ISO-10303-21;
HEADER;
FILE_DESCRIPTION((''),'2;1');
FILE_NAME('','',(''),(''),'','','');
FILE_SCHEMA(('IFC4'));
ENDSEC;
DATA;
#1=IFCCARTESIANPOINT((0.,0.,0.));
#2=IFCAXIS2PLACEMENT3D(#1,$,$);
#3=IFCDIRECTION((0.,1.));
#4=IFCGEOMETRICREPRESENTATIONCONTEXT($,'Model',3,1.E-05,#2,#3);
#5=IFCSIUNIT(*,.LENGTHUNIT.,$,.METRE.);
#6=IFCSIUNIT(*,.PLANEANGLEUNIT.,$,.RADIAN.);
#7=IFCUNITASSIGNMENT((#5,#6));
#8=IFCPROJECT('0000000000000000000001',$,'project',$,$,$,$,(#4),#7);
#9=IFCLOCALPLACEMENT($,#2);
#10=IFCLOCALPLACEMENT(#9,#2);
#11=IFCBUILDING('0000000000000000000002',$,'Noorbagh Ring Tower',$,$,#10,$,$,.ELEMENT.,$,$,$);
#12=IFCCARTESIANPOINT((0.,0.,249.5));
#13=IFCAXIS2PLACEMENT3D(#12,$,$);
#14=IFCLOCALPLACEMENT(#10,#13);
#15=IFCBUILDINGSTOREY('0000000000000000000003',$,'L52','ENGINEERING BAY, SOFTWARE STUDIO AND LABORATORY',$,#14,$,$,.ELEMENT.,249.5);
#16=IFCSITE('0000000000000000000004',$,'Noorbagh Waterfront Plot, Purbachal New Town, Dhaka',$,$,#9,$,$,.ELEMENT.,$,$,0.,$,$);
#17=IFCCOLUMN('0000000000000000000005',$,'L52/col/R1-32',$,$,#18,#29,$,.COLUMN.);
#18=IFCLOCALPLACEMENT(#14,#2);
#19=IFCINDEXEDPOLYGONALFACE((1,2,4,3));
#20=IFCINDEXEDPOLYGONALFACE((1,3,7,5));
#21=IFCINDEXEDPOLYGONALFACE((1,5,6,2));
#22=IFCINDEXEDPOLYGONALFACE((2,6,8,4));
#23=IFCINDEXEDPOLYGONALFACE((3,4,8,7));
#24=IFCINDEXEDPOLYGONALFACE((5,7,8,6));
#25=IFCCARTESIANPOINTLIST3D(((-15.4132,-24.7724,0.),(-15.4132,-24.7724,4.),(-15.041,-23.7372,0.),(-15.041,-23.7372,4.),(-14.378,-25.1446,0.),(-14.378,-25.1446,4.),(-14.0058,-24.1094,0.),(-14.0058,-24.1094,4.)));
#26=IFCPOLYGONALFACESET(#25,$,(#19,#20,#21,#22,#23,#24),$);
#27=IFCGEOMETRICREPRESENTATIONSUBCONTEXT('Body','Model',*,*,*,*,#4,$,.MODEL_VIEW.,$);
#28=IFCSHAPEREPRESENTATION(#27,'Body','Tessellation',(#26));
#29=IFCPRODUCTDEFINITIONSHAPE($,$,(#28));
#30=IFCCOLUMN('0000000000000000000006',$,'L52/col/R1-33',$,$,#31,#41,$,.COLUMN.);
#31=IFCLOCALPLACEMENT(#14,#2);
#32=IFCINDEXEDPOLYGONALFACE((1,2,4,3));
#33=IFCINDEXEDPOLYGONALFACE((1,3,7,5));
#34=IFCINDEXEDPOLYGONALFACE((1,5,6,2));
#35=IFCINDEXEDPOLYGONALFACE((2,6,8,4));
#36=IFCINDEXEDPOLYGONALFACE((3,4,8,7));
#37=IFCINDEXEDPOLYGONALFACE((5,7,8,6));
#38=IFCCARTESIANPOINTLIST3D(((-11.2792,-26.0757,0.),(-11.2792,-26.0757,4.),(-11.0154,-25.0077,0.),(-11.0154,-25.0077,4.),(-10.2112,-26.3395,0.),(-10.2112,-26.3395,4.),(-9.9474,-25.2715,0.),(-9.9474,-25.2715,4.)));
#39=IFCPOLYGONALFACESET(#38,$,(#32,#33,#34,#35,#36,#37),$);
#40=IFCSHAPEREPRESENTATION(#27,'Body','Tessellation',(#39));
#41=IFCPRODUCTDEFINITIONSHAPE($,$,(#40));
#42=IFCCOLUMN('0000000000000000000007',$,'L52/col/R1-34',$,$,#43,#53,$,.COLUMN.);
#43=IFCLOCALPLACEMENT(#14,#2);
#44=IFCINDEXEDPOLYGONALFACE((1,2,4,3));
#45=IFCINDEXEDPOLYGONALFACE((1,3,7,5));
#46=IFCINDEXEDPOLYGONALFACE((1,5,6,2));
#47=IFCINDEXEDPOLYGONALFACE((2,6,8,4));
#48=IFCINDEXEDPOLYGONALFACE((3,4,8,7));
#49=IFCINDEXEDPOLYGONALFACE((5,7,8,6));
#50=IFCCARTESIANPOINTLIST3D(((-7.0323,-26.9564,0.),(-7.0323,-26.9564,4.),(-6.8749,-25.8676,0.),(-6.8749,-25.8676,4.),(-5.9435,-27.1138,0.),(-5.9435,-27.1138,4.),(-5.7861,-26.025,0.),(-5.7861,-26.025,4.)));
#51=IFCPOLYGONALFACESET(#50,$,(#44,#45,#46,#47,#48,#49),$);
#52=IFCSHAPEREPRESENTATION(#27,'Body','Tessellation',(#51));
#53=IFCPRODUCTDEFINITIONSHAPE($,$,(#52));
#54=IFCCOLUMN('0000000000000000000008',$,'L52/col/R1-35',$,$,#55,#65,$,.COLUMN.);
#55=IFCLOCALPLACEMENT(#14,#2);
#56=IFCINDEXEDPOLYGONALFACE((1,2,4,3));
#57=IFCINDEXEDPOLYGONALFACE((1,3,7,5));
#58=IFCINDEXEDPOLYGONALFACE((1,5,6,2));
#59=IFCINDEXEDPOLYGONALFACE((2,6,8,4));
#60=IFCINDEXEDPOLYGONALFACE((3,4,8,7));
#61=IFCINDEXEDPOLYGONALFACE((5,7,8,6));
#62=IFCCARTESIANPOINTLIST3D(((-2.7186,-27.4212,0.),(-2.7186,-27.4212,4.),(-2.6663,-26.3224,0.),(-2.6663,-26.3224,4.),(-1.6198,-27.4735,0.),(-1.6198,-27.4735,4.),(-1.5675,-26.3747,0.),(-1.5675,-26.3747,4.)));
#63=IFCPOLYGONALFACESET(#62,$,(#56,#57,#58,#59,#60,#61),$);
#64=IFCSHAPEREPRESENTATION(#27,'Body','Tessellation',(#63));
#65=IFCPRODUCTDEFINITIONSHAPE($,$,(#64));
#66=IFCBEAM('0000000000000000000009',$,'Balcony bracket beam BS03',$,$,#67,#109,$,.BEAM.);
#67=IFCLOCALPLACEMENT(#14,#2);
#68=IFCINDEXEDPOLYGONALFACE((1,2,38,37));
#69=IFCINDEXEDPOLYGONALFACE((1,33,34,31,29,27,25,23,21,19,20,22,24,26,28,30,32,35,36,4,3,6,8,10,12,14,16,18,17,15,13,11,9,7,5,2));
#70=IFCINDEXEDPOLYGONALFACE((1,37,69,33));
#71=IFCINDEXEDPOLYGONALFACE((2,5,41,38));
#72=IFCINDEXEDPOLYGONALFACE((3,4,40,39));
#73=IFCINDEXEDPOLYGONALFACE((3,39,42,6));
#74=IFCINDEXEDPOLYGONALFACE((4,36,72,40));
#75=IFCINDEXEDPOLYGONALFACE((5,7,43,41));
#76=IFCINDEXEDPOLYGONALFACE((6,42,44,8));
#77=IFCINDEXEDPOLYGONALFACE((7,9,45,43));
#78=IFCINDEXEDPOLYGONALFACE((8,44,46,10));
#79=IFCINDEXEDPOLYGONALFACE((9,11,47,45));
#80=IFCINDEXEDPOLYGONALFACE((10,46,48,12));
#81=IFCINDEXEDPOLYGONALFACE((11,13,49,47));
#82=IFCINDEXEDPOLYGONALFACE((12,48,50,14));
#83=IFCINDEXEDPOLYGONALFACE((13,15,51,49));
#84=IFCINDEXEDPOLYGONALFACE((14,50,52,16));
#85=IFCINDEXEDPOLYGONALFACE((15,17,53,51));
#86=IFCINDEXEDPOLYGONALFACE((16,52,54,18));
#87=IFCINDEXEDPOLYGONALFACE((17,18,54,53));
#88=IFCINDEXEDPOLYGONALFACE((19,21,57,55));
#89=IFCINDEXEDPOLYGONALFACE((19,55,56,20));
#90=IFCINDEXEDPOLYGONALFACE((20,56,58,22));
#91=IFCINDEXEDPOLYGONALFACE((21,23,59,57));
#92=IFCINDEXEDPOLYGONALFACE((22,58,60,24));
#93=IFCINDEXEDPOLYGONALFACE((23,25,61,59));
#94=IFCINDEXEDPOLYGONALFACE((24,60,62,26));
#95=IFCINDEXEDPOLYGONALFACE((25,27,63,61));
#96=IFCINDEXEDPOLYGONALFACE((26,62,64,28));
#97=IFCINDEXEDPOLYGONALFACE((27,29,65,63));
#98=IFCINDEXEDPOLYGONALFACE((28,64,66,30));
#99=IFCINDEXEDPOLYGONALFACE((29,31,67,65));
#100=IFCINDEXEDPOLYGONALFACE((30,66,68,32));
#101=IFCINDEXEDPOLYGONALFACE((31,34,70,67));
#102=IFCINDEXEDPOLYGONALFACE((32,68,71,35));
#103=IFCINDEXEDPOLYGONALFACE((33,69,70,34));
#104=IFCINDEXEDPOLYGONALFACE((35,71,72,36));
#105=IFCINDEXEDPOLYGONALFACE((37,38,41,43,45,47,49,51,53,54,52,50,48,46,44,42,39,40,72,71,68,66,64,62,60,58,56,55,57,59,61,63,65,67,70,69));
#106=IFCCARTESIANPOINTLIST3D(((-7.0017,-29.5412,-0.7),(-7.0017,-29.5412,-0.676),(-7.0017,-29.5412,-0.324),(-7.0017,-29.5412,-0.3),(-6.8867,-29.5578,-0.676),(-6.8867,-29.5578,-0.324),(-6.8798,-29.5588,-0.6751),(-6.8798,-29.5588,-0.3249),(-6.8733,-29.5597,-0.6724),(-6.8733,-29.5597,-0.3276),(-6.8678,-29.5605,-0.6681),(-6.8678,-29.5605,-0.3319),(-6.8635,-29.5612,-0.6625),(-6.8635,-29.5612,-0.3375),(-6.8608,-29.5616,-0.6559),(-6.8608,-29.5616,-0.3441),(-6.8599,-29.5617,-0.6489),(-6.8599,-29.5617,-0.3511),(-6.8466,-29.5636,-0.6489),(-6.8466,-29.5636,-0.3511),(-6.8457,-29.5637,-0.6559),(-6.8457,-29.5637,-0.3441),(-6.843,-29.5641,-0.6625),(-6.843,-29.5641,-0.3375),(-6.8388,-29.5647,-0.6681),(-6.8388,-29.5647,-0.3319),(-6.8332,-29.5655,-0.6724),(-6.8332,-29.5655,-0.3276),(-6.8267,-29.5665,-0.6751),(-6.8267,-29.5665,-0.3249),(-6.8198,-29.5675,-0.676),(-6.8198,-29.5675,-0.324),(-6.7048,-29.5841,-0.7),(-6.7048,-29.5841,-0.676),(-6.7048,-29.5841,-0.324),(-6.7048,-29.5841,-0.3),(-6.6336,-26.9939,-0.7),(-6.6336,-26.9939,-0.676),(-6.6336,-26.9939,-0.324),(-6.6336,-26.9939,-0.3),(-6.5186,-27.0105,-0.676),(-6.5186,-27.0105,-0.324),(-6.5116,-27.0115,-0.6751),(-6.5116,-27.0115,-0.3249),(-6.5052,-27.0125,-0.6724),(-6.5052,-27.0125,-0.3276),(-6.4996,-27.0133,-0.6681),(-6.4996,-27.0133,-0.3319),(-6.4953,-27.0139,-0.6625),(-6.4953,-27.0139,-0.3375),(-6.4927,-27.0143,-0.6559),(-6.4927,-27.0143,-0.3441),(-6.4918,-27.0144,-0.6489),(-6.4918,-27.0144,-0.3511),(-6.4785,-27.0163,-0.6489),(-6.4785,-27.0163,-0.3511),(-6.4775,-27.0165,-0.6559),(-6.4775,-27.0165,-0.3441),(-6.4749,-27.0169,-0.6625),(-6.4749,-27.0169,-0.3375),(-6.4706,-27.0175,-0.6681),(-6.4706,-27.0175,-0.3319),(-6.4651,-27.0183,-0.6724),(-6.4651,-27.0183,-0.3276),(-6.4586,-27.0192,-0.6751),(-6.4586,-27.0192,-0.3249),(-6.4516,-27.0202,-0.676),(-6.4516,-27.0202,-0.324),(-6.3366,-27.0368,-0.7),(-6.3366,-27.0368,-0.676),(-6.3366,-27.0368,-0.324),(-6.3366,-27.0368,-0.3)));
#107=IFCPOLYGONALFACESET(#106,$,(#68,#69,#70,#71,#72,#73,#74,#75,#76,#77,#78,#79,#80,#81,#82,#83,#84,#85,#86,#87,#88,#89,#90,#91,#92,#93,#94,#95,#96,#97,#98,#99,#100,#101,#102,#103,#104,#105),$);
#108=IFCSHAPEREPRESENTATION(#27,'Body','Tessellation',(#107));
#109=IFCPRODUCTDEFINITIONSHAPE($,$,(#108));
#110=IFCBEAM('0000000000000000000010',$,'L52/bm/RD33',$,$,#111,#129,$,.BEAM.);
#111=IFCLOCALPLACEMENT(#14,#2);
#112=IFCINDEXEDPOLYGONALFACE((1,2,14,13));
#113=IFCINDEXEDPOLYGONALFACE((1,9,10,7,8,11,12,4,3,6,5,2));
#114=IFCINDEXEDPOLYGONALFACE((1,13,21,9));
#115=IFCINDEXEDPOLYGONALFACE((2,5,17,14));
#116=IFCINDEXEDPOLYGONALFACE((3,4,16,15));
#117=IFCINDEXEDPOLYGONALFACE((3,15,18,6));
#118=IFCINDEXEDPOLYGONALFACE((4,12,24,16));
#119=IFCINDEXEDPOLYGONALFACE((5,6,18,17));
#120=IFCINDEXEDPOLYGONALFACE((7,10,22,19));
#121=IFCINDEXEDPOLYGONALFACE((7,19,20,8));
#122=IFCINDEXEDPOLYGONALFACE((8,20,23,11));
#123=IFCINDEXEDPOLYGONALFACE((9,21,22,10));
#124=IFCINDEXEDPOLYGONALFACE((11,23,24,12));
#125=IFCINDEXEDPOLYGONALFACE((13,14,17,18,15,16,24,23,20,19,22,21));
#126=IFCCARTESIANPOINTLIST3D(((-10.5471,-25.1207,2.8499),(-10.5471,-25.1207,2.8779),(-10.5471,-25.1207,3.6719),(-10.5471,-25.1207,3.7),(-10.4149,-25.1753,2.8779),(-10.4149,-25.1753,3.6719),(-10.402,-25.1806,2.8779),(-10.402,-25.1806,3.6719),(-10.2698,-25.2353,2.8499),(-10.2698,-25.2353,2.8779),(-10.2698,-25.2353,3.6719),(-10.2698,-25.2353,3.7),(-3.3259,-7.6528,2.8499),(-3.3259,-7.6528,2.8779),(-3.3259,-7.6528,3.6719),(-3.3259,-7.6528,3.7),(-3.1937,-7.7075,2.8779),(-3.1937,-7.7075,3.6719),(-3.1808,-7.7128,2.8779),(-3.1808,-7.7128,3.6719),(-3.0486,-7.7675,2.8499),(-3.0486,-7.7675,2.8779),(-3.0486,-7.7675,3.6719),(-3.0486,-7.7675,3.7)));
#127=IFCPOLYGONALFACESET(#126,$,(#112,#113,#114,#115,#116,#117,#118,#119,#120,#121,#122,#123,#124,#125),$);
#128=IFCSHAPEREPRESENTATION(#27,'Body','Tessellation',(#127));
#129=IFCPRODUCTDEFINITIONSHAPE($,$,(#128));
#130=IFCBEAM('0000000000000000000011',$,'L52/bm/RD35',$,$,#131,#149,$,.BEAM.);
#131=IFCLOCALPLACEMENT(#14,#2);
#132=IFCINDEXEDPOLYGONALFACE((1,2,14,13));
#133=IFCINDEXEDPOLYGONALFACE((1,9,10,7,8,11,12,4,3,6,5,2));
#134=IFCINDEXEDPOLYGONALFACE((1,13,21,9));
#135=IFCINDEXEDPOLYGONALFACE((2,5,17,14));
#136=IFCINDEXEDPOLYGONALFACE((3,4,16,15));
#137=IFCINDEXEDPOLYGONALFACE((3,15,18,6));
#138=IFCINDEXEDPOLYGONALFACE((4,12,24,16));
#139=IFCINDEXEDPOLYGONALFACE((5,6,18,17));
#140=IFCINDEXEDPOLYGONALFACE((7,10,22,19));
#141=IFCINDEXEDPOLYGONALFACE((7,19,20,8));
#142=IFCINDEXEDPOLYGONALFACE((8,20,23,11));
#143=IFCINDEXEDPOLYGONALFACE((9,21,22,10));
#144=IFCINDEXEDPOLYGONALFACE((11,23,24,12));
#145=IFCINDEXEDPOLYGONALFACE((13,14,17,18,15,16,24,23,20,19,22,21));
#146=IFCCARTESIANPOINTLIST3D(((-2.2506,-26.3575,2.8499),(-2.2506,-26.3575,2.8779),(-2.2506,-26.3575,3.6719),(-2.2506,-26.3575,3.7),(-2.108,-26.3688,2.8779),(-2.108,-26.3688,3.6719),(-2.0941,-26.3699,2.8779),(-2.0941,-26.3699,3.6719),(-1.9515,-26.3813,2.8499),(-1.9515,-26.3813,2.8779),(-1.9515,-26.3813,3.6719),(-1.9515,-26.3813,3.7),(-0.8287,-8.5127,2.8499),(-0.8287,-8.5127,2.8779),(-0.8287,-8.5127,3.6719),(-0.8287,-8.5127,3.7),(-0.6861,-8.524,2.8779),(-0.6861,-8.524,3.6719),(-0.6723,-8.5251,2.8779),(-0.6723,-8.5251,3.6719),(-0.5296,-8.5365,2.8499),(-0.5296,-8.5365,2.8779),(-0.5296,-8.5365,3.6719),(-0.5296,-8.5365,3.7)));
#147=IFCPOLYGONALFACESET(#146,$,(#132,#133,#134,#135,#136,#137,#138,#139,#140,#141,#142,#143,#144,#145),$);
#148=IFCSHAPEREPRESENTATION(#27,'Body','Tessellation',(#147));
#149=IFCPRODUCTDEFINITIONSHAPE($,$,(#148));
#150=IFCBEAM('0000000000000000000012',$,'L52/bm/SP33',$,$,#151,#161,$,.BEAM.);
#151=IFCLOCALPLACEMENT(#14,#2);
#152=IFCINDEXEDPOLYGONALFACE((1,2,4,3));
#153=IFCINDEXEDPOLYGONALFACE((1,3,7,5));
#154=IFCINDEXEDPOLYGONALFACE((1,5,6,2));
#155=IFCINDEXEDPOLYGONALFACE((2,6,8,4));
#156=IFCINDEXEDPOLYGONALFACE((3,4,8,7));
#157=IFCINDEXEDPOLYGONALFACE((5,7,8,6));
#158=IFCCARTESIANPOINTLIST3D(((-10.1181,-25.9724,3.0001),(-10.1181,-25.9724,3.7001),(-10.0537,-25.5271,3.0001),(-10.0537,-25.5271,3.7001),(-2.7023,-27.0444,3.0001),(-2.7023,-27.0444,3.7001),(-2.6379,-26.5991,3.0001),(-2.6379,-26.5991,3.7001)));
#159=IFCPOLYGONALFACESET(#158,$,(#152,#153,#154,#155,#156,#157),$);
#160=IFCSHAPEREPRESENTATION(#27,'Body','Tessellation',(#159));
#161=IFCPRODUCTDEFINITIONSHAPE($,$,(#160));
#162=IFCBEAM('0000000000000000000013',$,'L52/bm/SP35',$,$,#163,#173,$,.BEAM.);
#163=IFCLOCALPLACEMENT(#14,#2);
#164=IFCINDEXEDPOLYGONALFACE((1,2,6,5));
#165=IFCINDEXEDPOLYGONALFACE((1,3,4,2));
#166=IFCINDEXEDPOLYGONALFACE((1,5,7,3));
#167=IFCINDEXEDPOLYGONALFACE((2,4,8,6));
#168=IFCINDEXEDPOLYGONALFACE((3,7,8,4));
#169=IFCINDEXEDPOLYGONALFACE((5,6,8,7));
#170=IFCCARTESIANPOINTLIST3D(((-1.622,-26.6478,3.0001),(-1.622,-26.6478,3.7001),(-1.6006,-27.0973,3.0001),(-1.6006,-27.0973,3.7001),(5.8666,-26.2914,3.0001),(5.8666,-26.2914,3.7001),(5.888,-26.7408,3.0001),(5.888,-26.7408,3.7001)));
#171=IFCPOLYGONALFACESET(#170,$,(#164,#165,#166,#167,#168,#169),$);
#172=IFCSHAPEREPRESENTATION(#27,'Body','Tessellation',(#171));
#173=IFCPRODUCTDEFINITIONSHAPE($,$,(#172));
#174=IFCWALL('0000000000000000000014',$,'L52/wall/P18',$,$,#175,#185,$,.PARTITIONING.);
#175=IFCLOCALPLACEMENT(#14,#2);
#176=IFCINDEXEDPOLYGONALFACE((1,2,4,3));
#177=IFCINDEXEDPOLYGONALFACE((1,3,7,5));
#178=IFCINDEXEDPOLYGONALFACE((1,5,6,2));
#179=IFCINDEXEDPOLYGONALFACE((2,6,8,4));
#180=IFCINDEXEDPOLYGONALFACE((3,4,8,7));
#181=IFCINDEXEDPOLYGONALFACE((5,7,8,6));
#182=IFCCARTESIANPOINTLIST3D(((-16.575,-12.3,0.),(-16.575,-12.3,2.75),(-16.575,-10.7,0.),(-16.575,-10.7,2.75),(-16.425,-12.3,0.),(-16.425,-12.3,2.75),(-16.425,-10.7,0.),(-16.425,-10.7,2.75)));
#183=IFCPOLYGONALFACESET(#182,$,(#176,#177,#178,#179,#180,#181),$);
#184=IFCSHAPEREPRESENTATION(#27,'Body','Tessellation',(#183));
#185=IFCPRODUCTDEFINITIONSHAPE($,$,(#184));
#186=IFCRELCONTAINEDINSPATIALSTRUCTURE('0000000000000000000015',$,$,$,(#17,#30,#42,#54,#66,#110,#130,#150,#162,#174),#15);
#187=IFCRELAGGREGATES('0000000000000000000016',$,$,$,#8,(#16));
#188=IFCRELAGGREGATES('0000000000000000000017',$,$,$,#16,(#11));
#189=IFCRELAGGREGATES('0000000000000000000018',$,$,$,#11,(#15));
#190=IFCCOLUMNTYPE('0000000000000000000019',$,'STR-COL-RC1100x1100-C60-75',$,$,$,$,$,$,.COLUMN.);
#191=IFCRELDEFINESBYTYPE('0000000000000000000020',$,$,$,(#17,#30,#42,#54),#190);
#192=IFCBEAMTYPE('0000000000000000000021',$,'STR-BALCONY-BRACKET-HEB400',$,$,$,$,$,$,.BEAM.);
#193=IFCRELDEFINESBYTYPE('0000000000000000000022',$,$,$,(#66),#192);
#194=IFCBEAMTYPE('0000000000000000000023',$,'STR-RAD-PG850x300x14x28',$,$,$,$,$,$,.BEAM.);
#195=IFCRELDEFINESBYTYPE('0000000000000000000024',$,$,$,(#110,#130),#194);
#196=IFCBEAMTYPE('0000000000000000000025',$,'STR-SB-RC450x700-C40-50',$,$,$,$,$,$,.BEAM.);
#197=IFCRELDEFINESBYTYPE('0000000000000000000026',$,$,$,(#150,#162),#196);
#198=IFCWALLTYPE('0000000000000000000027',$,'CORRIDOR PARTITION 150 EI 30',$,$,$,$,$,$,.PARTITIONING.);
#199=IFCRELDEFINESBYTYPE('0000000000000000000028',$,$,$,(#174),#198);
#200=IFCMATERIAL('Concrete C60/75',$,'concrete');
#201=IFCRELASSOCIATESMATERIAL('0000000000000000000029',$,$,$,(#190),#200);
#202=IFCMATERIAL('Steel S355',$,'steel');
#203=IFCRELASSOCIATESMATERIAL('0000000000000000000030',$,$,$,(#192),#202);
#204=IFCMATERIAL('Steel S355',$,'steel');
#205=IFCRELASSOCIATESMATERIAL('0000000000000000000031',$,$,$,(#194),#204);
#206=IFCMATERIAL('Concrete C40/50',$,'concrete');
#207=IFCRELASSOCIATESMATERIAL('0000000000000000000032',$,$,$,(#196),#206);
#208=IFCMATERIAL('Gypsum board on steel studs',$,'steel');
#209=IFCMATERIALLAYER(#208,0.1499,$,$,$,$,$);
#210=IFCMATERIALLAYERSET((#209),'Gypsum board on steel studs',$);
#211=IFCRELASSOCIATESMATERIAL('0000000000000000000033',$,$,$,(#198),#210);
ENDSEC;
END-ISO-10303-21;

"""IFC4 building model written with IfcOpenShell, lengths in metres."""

from ifc_helpers import new_model, si_unit, direction, frame, frame_2d, origin, origin_2d, place, context, subcontext, project, spatial, rectangle, i_section, extrude, material, layer, layer_set, material_profile, profile_set, type_object, element, save


model = new_model("IFC4")

# Units and contexts
model_context = context("Model", 3, precision=1e-05, world=origin(), true_north=direction((0.0, 1.0)))
body_context = subcontext(model_context, "Body", "Model", "MODEL_VIEW")
ifc_project = project(units=[si_unit("LENGTHUNIT", "METRE"), si_unit("PLANEANGLEUNIT", "RADIAN")], contexts=[model_context])

# Site, building, storey
site_placement = place(None, origin())
site = spatial("IfcSite", under=ifc_project, at=site_placement, Name="Noorbagh Waterfront Plot, Purbachal New Town, Dhaka", CompositionType="ELEMENT", RefElevation=0.0)
building_placement = place(site_placement, origin())
building = spatial("IfcBuilding", under=site, at=building_placement, Name="Noorbagh Ring Tower", CompositionType="ELEMENT")
storey_placement = place(building_placement, frame((0.0, 0.0, 249.5)))
storey = spatial("IfcBuildingStorey", under=building, at=storey_placement, Name="L52", Description="ENGINEERING BAY, SOFTWARE STUDIO AND LABORATORY", CompositionType="ELEMENT", Elevation=249.5)

# Columns
ifc_material_1 = material(Name="Concrete C60/75", Category="concrete")
ifc_material_profile_1 = material_profile(ifc_material_1, rectangle(XDim=1.1001, YDim=1.1001, at=origin_2d()), Name="RC1100x1100")
ifc_profile_set_1 = profile_set([ifc_material_profile_1], Name="Concrete C60/75")
column_type = type_object("IfcColumnType", Name="STR-COL-RC1100x1100-C60-75", PredefinedType="COLUMN", material=ifc_profile_set_1)
for number, where, z_axis, x_axis, name in (
    (1, (-14.7095, -24.4409, 0.0), (0.0, 0.0, 1.0), (0.941025, -0.338338, 0.0), "L52/col/R1-32"),
    (2, (-10.6133, -25.6736, 0.0), (0.0, 0.0, 1.0), (0.970829, -0.239771, 0.0), "L52/col/R1-33"),
    (3, (-6.4092, -26.4907, 0.0), (0.0, 0.0, 1.0), (0.989713, -0.143066, 0.0), "L52/col/R1-34"),
    (4, (-2.1431, -26.8979, 0.0), (0.0, 0.0, 1.0), (0.998869, -0.047553, 0.0), "L52/col/R1-35"),
):
    element("IfcColumn", number, at=place(storey_placement, frame(where, z_axis=z_axis, x_axis=x_axis)), inside=storey, type_object=column_type, Name=name, PredefinedType="COLUMN", context=body_context, shape_type="SweptSolid", body=[
        extrude(rectangle(XDim=1.1001, YDim=1.1001, at=origin_2d()), origin(), (0.0, 0.0, 1.0), 4.0),
    ])

# Beams
ifc_material_2 = material(Name="Steel S355", Category="steel")
ifc_material_profile_2 = material_profile(ifc_material_2, i_section(OverallWidth=0.3, OverallDepth=0.3999, WebThickness=0.0134, FlangeThickness=0.0239, FilletRadius=0.0271, at=origin_2d()), Name="HEB400")
ifc_profile_set_2 = profile_set([ifc_material_profile_2], Name="Steel S355")
beam_type_1 = type_object("IfcBeamType", Name="STR-BALCONY-BRACKET-HEB400", PredefinedType="BEAM", material=ifc_profile_set_2)
beam_1_placement = place(storey_placement, frame((-6.4851, -27.0154, -0.5), z_axis=(-0.143041, -0.989717, 0.0), x_axis=(0.989717, -0.143041, 0.0)))
element("IfcBeam", 5, at=beam_1_placement, inside=storey, type_object=beam_type_1, Name="Balcony bracket beam BS03", PredefinedType="BEAM", context=body_context, shape_type="SweptSolid", body=[
    extrude(i_section(OverallWidth=0.3, OverallDepth=0.3999, WebThickness=0.0134, FlangeThickness=0.0239, FilletRadius=0.0271, at=origin_2d()), origin(), (0.0, 0.0, 1.0), 2.5737),
])
ifc_material_3 = material(Name="Steel S355", Category="steel")
ifc_material_profile_3 = material_profile(ifc_material_3, i_section(OverallWidth=0.3, OverallDepth=0.8501, WebThickness=0.0139, FlangeThickness=0.0281, at=origin_2d()), Name="PG850x300x14x28")
ifc_profile_set_3 = profile_set([ifc_material_profile_3], Name="Steel S355")
beam_type_2 = type_object("IfcBeamType", Name="STR-RAD-PG850x300x14x28", PredefinedType="BEAM", material=ifc_profile_set_3)
beam_2_placement = place(storey_placement, frame((-10.4084, -25.178, 3.2749), z_axis=(0.382042, 0.924145, 0.0), x_axis=(-0.924145, 0.382042, 0.0)))
element("IfcBeam", 6, at=beam_2_placement, inside=storey, type_object=beam_type_2, Name="L52/bm/RD33", PredefinedType="BEAM", context=body_context, shape_type="SweptSolid", body=[
    extrude(i_section(OverallWidth=0.3, OverallDepth=0.8501, WebThickness=0.0139, FlangeThickness=0.0281, at=origin_2d()), origin(), (0.0, 0.0, 1.0), 18.9016),
])
beam_3_placement = place(storey_placement, frame((-2.1011, -26.3694, 3.2749), z_axis=(0.079429, 0.996841, 0.0), x_axis=(-0.996841, 0.079429, 0.0)))
element("IfcBeam", 7, at=beam_3_placement, inside=storey, type_object=beam_type_2, Name="L52/bm/RD35", PredefinedType="BEAM", context=body_context, shape_type="SweptSolid", body=[
    extrude(i_section(OverallWidth=0.3, OverallDepth=0.8501, WebThickness=0.0139, FlangeThickness=0.0281, at=origin_2d()), origin(), (0.0, 0.0, 1.0), 17.9014),
])
ifc_material_4 = material(Name="Concrete C40/50", Category="concrete")
ifc_material_profile_4 = material_profile(ifc_material_4, rectangle(XDim=0.45, YDim=0.7, at=origin_2d()), Name="RC450x700")
ifc_profile_set_4 = profile_set([ifc_material_profile_4], Name="Concrete C40/50")
beam_type_3 = type_object("IfcBeamType", Name="STR-SB-RC450x700-C40-50", PredefinedType="BEAM", material=ifc_profile_set_4)
beam_4_placement = place(storey_placement, frame((-10.0859, -25.7498, 3.3501), z_axis=(0.989712, -0.143072, 0.0), x_axis=(0.143072, 0.989712, 0.0)))
element("IfcBeam", 8, at=beam_4_placement, inside=storey, type_object=beam_type_3, Name="L52/bm/SP33", PredefinedType="BEAM", context=body_context, shape_type="SweptSolid", body=[
    extrude(rectangle(XDim=0.45, YDim=0.7, at=origin_2d()), origin(), (0.0, 0.0, 1.0), 7.4929),
])
beam_5_placement = place(storey_placement, frame((-1.6113, -26.8726, 3.3501), z_axis=(0.998869, 0.047545, 0.0), x_axis=(-0.047545, 0.998869, 0.0)))
element("IfcBeam", 9, at=beam_5_placement, inside=storey, type_object=beam_type_3, Name="L52/bm/SP35", PredefinedType="BEAM", context=body_context, shape_type="SweptSolid", body=[
    extrude(rectangle(XDim=0.45, YDim=0.7, at=origin_2d()), origin(), (0.0, 0.0, 1.0), 7.4971),
])

# Wall
ifc_material_5 = material(Name="Gypsum board on steel studs", Category="steel")
ifc_layer_1 = layer(ifc_material_5, 0.1499)
ifc_layer_set_1 = layer_set([ifc_layer_1], Name="Gypsum board on steel studs")
wall_type_1 = type_object("IfcWallType", Name="CORRIDOR PARTITION 150 EI 30", PredefinedType="PARTITIONING", material=ifc_layer_set_1)
wall_1_placement = place(storey_placement, frame((-16.5, -12.3, 0.0), z_axis=(0.0, 0.0, 1.0), x_axis=(0.0, 1.0, 0.0)))
element("IfcWall", 10, at=wall_1_placement, inside=storey, type_object=wall_type_1, Name="L52/wall/P18", PredefinedType="PARTITIONING", context=body_context, shape_type="SweptSolid", body=[
    extrude(rectangle(XDim=1.6001, YDim=0.1499, at=frame_2d((0.8, 0.0))), origin(), (0.0, 0.0, 1.0), 2.75),
])

save(model, "model.ifc")
